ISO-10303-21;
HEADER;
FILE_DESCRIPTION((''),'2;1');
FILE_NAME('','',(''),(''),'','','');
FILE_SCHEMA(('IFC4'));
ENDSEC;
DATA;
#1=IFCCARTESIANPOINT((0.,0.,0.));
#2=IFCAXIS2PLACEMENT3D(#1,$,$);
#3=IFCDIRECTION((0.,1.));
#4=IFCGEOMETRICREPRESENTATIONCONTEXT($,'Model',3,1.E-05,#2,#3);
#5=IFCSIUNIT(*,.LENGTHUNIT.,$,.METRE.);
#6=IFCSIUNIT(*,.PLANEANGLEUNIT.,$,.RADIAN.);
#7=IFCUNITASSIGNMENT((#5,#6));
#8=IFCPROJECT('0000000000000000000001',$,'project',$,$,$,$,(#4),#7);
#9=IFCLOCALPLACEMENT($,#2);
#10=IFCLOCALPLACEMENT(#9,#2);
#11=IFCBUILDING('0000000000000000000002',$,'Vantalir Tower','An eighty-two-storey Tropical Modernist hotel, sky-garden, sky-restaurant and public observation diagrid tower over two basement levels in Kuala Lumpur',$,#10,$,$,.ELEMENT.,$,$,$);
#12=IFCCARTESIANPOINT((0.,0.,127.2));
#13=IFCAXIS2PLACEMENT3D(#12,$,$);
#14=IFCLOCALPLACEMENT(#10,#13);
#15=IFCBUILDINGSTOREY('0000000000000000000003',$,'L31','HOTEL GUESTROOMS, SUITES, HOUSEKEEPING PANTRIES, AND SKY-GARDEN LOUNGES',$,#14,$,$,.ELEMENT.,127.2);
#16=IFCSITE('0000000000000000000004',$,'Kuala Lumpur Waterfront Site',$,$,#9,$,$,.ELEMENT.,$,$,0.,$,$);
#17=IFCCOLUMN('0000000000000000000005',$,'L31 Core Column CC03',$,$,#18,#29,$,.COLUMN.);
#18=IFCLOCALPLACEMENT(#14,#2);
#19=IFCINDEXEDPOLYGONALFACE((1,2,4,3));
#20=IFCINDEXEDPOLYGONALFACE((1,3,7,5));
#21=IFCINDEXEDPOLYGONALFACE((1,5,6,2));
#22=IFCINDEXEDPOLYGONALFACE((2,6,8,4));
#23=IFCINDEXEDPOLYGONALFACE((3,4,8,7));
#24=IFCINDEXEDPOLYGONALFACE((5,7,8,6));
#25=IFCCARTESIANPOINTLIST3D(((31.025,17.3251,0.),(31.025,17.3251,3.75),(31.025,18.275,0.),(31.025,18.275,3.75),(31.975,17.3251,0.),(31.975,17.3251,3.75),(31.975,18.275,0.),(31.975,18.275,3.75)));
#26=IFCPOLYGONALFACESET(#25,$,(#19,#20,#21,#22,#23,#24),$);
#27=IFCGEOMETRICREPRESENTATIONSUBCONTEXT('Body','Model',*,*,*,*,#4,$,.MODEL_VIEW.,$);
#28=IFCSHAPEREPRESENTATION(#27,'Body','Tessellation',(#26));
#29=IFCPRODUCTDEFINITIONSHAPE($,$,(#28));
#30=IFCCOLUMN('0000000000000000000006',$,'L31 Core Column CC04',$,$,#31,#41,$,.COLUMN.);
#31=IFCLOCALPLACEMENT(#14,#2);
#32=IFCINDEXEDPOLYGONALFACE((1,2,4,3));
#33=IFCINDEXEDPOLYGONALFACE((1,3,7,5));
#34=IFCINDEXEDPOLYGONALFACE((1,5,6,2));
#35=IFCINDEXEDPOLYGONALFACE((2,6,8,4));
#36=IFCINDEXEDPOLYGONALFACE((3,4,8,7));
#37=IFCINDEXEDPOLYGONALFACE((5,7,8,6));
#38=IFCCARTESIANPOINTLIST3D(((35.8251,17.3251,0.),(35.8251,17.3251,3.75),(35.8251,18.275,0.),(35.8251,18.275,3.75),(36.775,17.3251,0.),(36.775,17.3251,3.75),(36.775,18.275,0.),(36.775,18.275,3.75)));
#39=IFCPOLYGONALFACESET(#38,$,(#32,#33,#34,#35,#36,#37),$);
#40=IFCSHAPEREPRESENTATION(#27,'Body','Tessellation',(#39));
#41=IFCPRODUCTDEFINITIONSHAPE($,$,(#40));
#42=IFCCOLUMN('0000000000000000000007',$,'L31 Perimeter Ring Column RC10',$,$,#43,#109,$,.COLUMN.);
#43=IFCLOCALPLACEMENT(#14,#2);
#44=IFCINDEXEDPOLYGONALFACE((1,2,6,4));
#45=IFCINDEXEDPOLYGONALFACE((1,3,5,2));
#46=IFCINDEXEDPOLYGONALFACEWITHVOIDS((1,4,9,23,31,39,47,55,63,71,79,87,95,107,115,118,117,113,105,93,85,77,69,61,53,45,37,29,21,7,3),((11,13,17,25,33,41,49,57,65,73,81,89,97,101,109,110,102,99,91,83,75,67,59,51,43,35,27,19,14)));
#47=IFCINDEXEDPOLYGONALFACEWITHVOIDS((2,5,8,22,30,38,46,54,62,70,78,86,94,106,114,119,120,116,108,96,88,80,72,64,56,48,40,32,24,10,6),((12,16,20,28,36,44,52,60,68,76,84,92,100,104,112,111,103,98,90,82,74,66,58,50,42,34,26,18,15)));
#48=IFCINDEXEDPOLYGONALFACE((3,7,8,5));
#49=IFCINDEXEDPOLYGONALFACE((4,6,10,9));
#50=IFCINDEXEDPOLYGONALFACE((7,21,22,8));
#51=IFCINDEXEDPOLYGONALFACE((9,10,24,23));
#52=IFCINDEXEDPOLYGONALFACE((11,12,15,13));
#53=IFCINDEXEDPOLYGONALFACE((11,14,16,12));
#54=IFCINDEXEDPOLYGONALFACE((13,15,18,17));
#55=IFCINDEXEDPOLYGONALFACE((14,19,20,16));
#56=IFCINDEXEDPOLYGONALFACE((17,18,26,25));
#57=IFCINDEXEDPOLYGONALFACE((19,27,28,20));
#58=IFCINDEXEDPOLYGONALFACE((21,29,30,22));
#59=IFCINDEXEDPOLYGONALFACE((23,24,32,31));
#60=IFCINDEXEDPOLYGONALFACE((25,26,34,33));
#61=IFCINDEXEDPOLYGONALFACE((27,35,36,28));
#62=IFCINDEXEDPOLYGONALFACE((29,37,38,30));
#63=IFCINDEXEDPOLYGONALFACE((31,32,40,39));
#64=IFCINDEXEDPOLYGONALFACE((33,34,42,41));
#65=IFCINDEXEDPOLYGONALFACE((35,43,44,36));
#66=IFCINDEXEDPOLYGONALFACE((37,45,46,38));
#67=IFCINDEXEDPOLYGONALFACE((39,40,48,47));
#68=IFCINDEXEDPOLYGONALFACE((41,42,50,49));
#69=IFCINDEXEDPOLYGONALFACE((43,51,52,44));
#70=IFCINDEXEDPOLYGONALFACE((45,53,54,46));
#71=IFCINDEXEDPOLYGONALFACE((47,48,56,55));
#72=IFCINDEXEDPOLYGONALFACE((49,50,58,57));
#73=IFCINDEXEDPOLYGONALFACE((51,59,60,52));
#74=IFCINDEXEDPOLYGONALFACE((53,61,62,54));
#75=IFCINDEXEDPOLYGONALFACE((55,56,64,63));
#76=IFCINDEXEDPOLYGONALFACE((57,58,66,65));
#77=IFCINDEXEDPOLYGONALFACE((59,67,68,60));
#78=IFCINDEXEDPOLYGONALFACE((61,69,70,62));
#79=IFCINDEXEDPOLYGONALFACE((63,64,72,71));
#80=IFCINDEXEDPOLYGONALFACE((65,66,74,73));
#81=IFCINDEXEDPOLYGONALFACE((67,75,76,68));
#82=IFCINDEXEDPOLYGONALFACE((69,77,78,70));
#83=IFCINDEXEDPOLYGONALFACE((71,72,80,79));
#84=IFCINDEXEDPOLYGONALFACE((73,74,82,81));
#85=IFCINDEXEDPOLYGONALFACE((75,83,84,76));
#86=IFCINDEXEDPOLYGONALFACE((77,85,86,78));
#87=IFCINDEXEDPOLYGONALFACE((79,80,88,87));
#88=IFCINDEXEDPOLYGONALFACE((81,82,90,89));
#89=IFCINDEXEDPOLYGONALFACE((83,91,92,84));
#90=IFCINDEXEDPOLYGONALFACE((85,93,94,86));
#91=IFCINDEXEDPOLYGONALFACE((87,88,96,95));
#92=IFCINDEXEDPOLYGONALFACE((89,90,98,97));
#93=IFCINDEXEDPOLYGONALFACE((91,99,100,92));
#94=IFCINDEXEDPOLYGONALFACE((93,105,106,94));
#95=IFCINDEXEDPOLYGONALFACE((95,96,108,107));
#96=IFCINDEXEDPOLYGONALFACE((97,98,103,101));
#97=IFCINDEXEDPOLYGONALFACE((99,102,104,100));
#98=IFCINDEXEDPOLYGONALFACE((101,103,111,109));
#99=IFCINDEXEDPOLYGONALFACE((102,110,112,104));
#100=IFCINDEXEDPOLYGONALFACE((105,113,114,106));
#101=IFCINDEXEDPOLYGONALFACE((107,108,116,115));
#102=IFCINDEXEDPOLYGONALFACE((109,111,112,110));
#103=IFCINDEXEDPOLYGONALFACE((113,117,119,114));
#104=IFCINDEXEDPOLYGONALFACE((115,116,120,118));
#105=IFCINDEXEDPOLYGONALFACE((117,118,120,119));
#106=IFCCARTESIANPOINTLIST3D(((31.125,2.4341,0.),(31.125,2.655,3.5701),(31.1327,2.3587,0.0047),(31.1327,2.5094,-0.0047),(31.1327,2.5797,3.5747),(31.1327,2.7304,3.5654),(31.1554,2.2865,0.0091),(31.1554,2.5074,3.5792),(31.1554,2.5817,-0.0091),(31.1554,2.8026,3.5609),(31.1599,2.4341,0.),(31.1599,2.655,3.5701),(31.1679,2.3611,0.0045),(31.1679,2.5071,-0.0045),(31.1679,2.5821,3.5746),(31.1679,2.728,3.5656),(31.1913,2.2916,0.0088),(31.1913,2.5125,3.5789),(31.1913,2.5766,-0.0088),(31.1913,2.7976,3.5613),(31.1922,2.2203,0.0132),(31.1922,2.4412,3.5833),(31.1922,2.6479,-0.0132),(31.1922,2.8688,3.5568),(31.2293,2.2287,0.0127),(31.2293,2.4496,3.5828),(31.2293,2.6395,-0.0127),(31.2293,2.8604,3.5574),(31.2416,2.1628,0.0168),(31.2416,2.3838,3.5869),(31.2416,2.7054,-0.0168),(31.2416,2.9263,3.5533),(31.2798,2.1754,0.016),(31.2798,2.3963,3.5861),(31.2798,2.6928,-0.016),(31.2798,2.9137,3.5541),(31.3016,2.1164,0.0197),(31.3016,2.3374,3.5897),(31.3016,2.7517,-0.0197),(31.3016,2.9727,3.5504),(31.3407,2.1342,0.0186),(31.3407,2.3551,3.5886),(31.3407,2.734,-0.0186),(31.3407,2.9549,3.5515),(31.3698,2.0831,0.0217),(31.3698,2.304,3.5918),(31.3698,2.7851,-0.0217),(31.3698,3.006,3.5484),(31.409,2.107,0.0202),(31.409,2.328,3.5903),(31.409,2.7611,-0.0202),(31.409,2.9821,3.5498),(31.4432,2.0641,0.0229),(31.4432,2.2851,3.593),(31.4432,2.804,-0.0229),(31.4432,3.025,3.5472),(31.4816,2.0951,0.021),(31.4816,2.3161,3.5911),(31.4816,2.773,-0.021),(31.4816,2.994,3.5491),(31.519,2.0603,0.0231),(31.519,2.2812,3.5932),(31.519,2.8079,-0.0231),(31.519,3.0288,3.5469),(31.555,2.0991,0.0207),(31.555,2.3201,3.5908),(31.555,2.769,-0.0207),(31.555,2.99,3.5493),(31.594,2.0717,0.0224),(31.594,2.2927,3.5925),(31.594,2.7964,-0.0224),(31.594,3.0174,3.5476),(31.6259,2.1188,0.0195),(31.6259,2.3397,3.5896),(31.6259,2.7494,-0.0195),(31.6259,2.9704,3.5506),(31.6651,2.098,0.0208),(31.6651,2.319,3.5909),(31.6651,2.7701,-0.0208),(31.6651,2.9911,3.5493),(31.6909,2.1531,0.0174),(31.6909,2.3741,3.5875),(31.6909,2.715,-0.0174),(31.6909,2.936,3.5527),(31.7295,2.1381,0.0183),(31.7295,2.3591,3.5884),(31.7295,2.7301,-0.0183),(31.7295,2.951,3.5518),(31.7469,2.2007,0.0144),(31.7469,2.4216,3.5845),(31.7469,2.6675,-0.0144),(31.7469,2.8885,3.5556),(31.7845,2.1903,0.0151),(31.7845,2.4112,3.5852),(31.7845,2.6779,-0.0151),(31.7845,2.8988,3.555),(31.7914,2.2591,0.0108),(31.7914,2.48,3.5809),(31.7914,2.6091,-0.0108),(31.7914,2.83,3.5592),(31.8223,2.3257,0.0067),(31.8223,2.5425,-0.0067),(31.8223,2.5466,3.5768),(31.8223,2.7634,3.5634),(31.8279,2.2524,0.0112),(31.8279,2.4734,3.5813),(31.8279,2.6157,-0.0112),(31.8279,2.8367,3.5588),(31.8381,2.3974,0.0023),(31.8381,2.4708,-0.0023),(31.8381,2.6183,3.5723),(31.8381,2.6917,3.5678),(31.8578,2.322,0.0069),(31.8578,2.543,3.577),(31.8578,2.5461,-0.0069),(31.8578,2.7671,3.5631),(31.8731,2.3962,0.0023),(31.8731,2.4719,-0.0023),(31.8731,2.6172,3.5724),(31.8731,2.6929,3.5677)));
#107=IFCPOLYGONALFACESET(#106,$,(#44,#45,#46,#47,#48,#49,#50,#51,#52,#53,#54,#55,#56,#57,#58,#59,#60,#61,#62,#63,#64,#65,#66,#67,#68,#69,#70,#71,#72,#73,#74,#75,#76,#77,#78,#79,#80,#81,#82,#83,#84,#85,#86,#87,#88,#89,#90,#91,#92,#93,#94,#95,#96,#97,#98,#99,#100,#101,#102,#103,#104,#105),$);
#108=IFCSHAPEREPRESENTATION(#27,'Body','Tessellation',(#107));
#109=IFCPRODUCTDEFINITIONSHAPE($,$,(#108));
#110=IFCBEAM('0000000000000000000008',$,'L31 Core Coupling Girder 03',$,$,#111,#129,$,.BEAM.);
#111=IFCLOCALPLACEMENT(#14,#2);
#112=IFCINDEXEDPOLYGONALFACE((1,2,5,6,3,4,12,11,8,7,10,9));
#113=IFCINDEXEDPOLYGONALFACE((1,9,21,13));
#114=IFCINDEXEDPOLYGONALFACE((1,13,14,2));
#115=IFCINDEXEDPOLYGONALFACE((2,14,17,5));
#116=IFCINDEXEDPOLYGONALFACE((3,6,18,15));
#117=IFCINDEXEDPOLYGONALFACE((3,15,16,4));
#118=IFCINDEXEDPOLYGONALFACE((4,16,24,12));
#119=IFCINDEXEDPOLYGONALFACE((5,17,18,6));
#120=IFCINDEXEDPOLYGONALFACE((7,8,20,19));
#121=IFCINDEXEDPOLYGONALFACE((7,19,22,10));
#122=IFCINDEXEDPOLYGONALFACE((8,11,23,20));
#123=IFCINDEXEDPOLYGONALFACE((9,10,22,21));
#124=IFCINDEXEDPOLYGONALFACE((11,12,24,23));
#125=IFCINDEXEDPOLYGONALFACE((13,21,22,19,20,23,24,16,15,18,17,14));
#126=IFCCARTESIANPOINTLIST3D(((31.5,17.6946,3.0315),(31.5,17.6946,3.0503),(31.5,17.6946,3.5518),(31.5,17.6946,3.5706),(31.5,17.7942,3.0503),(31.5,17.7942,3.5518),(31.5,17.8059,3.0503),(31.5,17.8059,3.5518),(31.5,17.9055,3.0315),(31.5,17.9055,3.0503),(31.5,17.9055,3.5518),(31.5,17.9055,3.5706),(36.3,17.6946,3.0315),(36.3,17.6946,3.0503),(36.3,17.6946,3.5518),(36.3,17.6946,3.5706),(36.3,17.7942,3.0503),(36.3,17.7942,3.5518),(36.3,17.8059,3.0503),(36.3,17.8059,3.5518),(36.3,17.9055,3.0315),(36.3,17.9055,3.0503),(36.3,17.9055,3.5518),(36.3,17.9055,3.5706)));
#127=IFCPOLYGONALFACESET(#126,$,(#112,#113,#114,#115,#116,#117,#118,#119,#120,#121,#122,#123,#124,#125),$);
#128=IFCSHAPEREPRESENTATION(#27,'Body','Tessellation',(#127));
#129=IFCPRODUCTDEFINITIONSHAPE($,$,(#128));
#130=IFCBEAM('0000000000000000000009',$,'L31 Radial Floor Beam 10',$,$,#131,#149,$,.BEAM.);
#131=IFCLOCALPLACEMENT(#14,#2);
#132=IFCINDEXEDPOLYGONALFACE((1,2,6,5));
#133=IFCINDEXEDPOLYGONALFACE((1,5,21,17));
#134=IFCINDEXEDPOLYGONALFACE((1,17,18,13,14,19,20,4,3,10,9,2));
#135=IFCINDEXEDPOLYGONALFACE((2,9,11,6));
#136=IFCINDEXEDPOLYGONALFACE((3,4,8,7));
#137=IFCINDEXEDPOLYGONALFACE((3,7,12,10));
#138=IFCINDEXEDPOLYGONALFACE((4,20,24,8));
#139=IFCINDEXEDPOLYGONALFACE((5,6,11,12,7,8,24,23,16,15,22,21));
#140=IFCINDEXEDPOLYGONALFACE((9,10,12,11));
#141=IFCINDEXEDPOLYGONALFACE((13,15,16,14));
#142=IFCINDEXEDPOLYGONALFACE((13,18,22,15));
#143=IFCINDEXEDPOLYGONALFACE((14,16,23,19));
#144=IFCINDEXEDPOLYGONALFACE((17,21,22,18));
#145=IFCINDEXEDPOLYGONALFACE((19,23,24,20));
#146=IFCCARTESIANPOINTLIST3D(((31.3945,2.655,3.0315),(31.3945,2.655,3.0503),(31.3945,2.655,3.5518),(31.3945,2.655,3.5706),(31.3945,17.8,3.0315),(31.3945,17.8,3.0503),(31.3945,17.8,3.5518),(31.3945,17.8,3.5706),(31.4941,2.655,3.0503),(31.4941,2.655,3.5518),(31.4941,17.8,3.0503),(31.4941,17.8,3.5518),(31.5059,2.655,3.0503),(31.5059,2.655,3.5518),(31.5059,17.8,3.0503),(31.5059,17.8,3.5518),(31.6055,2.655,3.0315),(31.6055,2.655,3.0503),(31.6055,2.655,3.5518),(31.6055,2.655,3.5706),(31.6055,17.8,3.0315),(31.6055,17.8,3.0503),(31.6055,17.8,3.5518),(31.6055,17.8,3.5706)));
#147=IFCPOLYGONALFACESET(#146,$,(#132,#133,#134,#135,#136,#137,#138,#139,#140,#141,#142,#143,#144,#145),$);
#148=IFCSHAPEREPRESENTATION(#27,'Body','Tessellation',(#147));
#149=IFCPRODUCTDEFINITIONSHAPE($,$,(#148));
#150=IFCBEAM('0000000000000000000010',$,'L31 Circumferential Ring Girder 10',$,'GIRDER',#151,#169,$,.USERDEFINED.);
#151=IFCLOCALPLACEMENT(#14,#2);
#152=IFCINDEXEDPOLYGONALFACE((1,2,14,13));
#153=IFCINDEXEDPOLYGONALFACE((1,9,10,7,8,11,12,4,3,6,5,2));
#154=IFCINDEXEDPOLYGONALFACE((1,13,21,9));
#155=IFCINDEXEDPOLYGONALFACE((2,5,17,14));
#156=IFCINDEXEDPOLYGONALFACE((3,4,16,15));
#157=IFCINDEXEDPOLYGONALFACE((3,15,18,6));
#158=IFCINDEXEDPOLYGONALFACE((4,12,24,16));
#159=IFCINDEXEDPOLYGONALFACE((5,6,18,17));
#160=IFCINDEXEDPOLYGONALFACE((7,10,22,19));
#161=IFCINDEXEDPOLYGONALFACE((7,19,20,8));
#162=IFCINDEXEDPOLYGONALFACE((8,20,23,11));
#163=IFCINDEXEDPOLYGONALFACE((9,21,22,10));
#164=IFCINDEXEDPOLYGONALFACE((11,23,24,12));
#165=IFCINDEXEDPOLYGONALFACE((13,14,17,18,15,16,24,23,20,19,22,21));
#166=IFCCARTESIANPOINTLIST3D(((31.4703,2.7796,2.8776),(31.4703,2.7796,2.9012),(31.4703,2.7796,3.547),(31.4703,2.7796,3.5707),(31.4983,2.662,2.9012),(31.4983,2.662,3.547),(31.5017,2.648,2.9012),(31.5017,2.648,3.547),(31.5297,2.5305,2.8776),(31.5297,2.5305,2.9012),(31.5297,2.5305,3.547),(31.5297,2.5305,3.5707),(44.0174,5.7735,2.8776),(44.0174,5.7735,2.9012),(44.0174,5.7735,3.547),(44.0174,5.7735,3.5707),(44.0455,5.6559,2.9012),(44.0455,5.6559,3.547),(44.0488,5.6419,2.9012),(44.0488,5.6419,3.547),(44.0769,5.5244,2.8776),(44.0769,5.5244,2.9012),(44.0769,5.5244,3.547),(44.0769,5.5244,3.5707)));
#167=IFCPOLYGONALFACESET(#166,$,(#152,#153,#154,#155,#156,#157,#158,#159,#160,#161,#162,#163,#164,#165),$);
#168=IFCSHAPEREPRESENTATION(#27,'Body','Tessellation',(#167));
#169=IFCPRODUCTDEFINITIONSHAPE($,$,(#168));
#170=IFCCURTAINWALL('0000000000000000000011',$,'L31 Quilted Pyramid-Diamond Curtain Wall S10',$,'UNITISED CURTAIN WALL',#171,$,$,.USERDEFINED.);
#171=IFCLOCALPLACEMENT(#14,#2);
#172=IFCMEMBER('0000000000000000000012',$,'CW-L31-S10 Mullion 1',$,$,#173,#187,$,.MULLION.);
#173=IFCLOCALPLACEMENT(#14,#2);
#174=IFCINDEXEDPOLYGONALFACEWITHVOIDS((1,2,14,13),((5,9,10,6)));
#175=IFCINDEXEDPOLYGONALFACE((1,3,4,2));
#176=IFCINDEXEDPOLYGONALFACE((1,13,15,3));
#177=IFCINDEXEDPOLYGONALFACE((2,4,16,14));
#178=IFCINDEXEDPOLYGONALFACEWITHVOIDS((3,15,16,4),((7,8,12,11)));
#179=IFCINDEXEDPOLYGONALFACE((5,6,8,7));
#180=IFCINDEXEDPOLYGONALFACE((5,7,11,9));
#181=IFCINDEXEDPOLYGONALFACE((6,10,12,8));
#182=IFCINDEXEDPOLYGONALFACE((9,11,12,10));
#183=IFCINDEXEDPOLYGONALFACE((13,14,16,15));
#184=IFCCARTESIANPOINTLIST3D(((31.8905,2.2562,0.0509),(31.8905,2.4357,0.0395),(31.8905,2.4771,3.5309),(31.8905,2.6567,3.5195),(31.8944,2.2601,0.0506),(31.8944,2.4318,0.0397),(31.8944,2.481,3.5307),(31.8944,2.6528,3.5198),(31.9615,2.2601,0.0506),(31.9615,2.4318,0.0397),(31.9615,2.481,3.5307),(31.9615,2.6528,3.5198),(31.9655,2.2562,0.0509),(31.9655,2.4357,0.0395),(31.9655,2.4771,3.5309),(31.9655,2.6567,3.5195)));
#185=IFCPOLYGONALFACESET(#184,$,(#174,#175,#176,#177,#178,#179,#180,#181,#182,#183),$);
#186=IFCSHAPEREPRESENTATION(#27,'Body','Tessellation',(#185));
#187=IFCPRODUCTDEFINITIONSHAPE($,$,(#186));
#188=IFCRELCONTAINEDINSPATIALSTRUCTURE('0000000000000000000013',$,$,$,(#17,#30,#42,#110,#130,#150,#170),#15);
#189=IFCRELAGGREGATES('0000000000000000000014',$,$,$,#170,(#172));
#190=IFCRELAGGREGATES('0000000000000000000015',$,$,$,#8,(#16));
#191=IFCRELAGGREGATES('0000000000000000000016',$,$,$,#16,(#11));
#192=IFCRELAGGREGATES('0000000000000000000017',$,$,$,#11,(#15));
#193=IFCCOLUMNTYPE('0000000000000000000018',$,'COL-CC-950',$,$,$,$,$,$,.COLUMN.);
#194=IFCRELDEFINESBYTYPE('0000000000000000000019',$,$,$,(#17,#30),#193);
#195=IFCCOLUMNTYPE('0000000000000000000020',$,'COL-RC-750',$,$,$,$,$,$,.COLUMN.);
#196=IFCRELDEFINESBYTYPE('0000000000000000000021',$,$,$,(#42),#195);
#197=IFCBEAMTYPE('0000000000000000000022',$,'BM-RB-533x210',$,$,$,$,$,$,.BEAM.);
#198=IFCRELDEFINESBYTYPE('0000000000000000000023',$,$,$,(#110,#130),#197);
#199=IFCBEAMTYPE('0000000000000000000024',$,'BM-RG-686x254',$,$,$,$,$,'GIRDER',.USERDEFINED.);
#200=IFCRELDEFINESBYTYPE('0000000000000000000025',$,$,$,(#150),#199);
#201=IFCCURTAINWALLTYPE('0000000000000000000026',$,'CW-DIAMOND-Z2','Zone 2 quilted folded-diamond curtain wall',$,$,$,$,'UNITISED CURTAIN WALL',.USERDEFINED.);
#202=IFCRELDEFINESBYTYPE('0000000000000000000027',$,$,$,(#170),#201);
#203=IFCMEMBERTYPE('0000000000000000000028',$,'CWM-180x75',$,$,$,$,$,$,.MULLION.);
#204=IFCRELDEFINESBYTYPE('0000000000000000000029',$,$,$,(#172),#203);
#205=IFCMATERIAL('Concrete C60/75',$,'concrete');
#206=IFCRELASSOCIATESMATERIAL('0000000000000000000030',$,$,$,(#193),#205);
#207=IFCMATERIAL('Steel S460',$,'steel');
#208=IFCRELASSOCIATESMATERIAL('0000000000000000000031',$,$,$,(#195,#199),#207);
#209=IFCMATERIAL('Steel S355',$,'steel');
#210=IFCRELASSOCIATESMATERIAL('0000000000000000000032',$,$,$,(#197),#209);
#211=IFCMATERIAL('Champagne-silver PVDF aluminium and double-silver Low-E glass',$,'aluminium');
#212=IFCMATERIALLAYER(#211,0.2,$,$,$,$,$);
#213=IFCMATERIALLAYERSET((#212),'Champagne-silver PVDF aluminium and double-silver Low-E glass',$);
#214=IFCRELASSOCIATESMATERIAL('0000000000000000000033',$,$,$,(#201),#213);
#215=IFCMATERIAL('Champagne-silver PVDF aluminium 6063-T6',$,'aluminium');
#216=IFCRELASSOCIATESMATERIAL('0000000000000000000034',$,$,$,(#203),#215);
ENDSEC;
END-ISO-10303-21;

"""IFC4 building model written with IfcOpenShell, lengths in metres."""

from ifc_helpers import new_model, si_unit, direction, frame, origin, origin_2d, place, context, subcontext, project, spatial, rectangle, hollow_rectangle, hollow_circle, i_section, extrude, material, layer, layer_set, material_profile, profile_set, type_object, element, aggregate, save


model = new_model("IFC4")

# Units and contexts
model_context = context("Model", 3, precision=1e-05, world=origin(), true_north=direction((0.0, 1.0)))
body_context = subcontext(model_context, "Body", "Model", "MODEL_VIEW")
ifc_project = project(units=[si_unit("LENGTHUNIT", "METRE"), si_unit("PLANEANGLEUNIT", "RADIAN")], contexts=[model_context])

# Site, building, storey
site_placement = place(None, origin())
site = spatial("IfcSite", under=ifc_project, at=site_placement, Name="Kuala Lumpur Waterfront Site", CompositionType="ELEMENT", RefElevation=0.0)
building_placement = place(site_placement, origin())
building = spatial("IfcBuilding", under=site, at=building_placement, Name="Vantalir Tower", Description="An eighty-two-storey Tropical Modernist hotel, sky-garden, sky-restaurant and public observation diagrid tower over two basement levels in Kuala Lumpur", CompositionType="ELEMENT")
storey_placement = place(building_placement, frame((0.0, 0.0, 127.2)))
storey = spatial("IfcBuildingStorey", under=building, at=storey_placement, Name="L31", Description="HOTEL GUESTROOMS, SUITES, HOUSEKEEPING PANTRIES, AND SKY-GARDEN LOUNGES", CompositionType="ELEMENT", Elevation=127.2)

# Columns
ifc_material_1 = material(Name="Concrete C60/75", Category="concrete")
ifc_material_profile_1 = material_profile(ifc_material_1, rectangle(XDim=0.95, YDim=0.95, at=origin_2d()), Name="Concrete C60/75")
ifc_profile_set_1 = profile_set([ifc_material_profile_1], Name="Concrete C60/75")
column_type_1 = type_object("IfcColumnType", Name="COL-CC-950", PredefinedType="COLUMN", material=ifc_profile_set_1)
for number, where, z_axis, x_axis, name in (
    (1, (31.5, 17.8, 0.0), (0.0, 0.0, 1.0), (1.0, 0.0, 0.0), "L31 Core Column CC03"),
    (2, (36.3, 17.8, 0.0), (0.0, 0.0, 1.0), (1.0, 0.0, 0.0), "L31 Core Column CC04"),
):
    element("IfcColumn", number, at=place(storey_placement, frame(where, z_axis=z_axis, x_axis=x_axis)), inside=storey, type_object=column_type_1, Name=name, PredefinedType="COLUMN", context=body_context, shape_type="SweptSolid", body=[
        extrude(rectangle(XDim=0.95, YDim=0.95, at=origin_2d()), origin(), (0.0, 0.0, 1.0), 3.75),
    ])
ifc_material_2 = material(Name="Steel S460", Category="steel")
ifc_material_profile_2 = material_profile(ifc_material_2, hollow_circle(Radius=0.375, WallThickness=0.0349, at=origin_2d()), Name="Steel S460")
ifc_profile_set_2 = profile_set([ifc_material_profile_2], Name="Steel S460")
column_type_2 = type_object("IfcColumnType", Name="COL-RC-750", PredefinedType="COLUMN", material=ifc_profile_set_2)
column_placement = place(storey_placement, frame((31.5, 2.4341, 0.0), z_axis=(0.0, 0.061771, 0.99809), x_axis=(-1.0, 0.0, 0.0)))
element("IfcColumn", 3, at=column_placement, inside=storey, type_object=column_type_2, Name="L31 Perimeter Ring Column RC10", PredefinedType="COLUMN", context=body_context, shape_type="SweptSolid", body=[
    extrude(hollow_circle(Radius=0.375, WallThickness=0.0349, at=origin_2d()), origin(), (0.0, 0.0, 1.0), 3.5769),
])

# Beams
ifc_material_3 = material(Name="Steel S355", Category="steel")
ifc_material_profile_3 = material_profile(ifc_material_3, i_section(OverallWidth=0.2109, OverallDepth=0.5391, WebThickness=0.0117, FlangeThickness=0.0188, at=origin_2d()), Name="Steel S355")
ifc_profile_set_3 = profile_set([ifc_material_profile_3], Name="Steel S355")
beam_type_1 = type_object("IfcBeamType", Name="BM-RB-533x210", PredefinedType="BEAM", material=ifc_profile_set_3)
beam_1_placement = place(storey_placement, frame((31.5, 17.8, 3.301), z_axis=(1.0, 0.0, 0.0), x_axis=(0.0, 1.0, 0.0)))
element("IfcBeam", 4, at=beam_1_placement, inside=storey, type_object=beam_type_1, Name="L31 Core Coupling Girder 03", PredefinedType="BEAM", context=body_context, shape_type="SweptSolid", body=[
    extrude(i_section(OverallWidth=0.2109, OverallDepth=0.5391, WebThickness=0.0117, FlangeThickness=0.0188, at=origin_2d()), origin(), (0.0, 0.0, 1.0), 4.8),
])
beam_2_placement = place(storey_placement, frame((31.5, 2.655, 3.301), z_axis=(0.0, 1.0, 0.0), x_axis=(-1.0, 0.0, 0.0)))
element("IfcBeam", 5, at=beam_2_placement, inside=storey, type_object=beam_type_1, Name="L31 Radial Floor Beam 10", PredefinedType="BEAM", context=body_context, shape_type="SweptSolid", body=[
    extrude(i_section(OverallWidth=0.2109, OverallDepth=0.5391, WebThickness=0.0117, FlangeThickness=0.0188, at=origin_2d()), origin(), (0.0, 0.0, 1.0), 15.145),
])
ifc_material_profile_4 = material_profile(ifc_material_2, i_section(OverallWidth=0.2561, OverallDepth=0.6931, WebThickness=0.0144, FlangeThickness=0.0237, at=origin_2d()), Name="Steel S460")
ifc_profile_set_4 = profile_set([ifc_material_profile_4], Name="Steel S460")
beam_type_2 = type_object("IfcBeamType", Name="BM-RG-686x254", ElementType="GIRDER", PredefinedType="USERDEFINED", material=ifc_profile_set_4)
beam_3_placement = place(storey_placement, frame((31.5, 2.655, 3.2241), z_axis=(0.972693, 0.232096, 0.0), x_axis=(-0.232096, 0.972693, 0.0)))
element("IfcBeam", 6, at=beam_3_placement, inside=storey, type_object=beam_type_2, Name="L31 Circumferential Ring Girder 10", ObjectType="GIRDER", PredefinedType="USERDEFINED", context=body_context, shape_type="SweptSolid", body=[
    extrude(i_section(OverallWidth=0.2561, OverallDepth=0.6931, WebThickness=0.0144, FlangeThickness=0.0237, at=origin_2d()), origin(), (0.0, 0.0, 1.0), 12.8994),
])

# Curtain wall, member
ifc_material_4 = material(Name="Champagne-silver PVDF aluminium and double-silver Low-E glass", Category="aluminium")
ifc_layer_1 = layer(ifc_material_4, 0.2)
ifc_layer_set_1 = layer_set([ifc_layer_1], Name="Champagne-silver PVDF aluminium and double-silver Low-E glass")
curtain_wall_type = type_object("IfcCurtainWallType", Name="CW-DIAMOND-Z2", Description="Zone 2 quilted folded-diamond curtain wall", ElementType="UNITISED CURTAIN WALL", PredefinedType="USERDEFINED", material=ifc_layer_set_1)
curtain_wall_placement = place(storey_placement, origin())
curtain_wall = element("IfcCurtainWall", 7, at=curtain_wall_placement, inside=storey, type_object=curtain_wall_type, Name="L31 Quilted Pyramid-Diamond Curtain Wall S10", ObjectType="UNITISED CURTAIN WALL", PredefinedType="USERDEFINED")
ifc_material_5 = material(Name="Champagne-silver PVDF aluminium 6063-T6", Category="aluminium")
ifc_material_profile_5 = material_profile(ifc_material_5, hollow_rectangle(XDim=0.075, YDim=0.1799, WallThickness=0.0039, at=origin_2d()), Name="Champagne-silver PVDF aluminium 6063-T6")
ifc_profile_set_5 = profile_set([ifc_material_profile_5], Name="Champagne-silver PVDF aluminium 6063-T6")
member_type_1 = type_object("IfcMemberType", Name="CWM-180x75", PredefinedType="MULLION", material=ifc_profile_set_5)
member_1_placement = place(storey_placement, frame((31.928, 2.3459, 0.0452), z_axis=(0.0, 0.063363, 0.997991), x_axis=(-1.0, 0.0, 0.0)))
member_1 = element("IfcMember", 8, at=member_1_placement, type_object=member_type_1, Name="CW-L31-S10 Mullion 1", PredefinedType="MULLION", context=body_context, shape_type="SweptSolid", body=[
    extrude(hollow_rectangle(XDim=0.075, YDim=0.1799, WallThickness=0.0039, at=origin_2d()), origin(), (0.0, 0.0, 1.0), 3.4871),
])

aggregate(curtain_wall, [member_1])

save(model, "model.ifc")
